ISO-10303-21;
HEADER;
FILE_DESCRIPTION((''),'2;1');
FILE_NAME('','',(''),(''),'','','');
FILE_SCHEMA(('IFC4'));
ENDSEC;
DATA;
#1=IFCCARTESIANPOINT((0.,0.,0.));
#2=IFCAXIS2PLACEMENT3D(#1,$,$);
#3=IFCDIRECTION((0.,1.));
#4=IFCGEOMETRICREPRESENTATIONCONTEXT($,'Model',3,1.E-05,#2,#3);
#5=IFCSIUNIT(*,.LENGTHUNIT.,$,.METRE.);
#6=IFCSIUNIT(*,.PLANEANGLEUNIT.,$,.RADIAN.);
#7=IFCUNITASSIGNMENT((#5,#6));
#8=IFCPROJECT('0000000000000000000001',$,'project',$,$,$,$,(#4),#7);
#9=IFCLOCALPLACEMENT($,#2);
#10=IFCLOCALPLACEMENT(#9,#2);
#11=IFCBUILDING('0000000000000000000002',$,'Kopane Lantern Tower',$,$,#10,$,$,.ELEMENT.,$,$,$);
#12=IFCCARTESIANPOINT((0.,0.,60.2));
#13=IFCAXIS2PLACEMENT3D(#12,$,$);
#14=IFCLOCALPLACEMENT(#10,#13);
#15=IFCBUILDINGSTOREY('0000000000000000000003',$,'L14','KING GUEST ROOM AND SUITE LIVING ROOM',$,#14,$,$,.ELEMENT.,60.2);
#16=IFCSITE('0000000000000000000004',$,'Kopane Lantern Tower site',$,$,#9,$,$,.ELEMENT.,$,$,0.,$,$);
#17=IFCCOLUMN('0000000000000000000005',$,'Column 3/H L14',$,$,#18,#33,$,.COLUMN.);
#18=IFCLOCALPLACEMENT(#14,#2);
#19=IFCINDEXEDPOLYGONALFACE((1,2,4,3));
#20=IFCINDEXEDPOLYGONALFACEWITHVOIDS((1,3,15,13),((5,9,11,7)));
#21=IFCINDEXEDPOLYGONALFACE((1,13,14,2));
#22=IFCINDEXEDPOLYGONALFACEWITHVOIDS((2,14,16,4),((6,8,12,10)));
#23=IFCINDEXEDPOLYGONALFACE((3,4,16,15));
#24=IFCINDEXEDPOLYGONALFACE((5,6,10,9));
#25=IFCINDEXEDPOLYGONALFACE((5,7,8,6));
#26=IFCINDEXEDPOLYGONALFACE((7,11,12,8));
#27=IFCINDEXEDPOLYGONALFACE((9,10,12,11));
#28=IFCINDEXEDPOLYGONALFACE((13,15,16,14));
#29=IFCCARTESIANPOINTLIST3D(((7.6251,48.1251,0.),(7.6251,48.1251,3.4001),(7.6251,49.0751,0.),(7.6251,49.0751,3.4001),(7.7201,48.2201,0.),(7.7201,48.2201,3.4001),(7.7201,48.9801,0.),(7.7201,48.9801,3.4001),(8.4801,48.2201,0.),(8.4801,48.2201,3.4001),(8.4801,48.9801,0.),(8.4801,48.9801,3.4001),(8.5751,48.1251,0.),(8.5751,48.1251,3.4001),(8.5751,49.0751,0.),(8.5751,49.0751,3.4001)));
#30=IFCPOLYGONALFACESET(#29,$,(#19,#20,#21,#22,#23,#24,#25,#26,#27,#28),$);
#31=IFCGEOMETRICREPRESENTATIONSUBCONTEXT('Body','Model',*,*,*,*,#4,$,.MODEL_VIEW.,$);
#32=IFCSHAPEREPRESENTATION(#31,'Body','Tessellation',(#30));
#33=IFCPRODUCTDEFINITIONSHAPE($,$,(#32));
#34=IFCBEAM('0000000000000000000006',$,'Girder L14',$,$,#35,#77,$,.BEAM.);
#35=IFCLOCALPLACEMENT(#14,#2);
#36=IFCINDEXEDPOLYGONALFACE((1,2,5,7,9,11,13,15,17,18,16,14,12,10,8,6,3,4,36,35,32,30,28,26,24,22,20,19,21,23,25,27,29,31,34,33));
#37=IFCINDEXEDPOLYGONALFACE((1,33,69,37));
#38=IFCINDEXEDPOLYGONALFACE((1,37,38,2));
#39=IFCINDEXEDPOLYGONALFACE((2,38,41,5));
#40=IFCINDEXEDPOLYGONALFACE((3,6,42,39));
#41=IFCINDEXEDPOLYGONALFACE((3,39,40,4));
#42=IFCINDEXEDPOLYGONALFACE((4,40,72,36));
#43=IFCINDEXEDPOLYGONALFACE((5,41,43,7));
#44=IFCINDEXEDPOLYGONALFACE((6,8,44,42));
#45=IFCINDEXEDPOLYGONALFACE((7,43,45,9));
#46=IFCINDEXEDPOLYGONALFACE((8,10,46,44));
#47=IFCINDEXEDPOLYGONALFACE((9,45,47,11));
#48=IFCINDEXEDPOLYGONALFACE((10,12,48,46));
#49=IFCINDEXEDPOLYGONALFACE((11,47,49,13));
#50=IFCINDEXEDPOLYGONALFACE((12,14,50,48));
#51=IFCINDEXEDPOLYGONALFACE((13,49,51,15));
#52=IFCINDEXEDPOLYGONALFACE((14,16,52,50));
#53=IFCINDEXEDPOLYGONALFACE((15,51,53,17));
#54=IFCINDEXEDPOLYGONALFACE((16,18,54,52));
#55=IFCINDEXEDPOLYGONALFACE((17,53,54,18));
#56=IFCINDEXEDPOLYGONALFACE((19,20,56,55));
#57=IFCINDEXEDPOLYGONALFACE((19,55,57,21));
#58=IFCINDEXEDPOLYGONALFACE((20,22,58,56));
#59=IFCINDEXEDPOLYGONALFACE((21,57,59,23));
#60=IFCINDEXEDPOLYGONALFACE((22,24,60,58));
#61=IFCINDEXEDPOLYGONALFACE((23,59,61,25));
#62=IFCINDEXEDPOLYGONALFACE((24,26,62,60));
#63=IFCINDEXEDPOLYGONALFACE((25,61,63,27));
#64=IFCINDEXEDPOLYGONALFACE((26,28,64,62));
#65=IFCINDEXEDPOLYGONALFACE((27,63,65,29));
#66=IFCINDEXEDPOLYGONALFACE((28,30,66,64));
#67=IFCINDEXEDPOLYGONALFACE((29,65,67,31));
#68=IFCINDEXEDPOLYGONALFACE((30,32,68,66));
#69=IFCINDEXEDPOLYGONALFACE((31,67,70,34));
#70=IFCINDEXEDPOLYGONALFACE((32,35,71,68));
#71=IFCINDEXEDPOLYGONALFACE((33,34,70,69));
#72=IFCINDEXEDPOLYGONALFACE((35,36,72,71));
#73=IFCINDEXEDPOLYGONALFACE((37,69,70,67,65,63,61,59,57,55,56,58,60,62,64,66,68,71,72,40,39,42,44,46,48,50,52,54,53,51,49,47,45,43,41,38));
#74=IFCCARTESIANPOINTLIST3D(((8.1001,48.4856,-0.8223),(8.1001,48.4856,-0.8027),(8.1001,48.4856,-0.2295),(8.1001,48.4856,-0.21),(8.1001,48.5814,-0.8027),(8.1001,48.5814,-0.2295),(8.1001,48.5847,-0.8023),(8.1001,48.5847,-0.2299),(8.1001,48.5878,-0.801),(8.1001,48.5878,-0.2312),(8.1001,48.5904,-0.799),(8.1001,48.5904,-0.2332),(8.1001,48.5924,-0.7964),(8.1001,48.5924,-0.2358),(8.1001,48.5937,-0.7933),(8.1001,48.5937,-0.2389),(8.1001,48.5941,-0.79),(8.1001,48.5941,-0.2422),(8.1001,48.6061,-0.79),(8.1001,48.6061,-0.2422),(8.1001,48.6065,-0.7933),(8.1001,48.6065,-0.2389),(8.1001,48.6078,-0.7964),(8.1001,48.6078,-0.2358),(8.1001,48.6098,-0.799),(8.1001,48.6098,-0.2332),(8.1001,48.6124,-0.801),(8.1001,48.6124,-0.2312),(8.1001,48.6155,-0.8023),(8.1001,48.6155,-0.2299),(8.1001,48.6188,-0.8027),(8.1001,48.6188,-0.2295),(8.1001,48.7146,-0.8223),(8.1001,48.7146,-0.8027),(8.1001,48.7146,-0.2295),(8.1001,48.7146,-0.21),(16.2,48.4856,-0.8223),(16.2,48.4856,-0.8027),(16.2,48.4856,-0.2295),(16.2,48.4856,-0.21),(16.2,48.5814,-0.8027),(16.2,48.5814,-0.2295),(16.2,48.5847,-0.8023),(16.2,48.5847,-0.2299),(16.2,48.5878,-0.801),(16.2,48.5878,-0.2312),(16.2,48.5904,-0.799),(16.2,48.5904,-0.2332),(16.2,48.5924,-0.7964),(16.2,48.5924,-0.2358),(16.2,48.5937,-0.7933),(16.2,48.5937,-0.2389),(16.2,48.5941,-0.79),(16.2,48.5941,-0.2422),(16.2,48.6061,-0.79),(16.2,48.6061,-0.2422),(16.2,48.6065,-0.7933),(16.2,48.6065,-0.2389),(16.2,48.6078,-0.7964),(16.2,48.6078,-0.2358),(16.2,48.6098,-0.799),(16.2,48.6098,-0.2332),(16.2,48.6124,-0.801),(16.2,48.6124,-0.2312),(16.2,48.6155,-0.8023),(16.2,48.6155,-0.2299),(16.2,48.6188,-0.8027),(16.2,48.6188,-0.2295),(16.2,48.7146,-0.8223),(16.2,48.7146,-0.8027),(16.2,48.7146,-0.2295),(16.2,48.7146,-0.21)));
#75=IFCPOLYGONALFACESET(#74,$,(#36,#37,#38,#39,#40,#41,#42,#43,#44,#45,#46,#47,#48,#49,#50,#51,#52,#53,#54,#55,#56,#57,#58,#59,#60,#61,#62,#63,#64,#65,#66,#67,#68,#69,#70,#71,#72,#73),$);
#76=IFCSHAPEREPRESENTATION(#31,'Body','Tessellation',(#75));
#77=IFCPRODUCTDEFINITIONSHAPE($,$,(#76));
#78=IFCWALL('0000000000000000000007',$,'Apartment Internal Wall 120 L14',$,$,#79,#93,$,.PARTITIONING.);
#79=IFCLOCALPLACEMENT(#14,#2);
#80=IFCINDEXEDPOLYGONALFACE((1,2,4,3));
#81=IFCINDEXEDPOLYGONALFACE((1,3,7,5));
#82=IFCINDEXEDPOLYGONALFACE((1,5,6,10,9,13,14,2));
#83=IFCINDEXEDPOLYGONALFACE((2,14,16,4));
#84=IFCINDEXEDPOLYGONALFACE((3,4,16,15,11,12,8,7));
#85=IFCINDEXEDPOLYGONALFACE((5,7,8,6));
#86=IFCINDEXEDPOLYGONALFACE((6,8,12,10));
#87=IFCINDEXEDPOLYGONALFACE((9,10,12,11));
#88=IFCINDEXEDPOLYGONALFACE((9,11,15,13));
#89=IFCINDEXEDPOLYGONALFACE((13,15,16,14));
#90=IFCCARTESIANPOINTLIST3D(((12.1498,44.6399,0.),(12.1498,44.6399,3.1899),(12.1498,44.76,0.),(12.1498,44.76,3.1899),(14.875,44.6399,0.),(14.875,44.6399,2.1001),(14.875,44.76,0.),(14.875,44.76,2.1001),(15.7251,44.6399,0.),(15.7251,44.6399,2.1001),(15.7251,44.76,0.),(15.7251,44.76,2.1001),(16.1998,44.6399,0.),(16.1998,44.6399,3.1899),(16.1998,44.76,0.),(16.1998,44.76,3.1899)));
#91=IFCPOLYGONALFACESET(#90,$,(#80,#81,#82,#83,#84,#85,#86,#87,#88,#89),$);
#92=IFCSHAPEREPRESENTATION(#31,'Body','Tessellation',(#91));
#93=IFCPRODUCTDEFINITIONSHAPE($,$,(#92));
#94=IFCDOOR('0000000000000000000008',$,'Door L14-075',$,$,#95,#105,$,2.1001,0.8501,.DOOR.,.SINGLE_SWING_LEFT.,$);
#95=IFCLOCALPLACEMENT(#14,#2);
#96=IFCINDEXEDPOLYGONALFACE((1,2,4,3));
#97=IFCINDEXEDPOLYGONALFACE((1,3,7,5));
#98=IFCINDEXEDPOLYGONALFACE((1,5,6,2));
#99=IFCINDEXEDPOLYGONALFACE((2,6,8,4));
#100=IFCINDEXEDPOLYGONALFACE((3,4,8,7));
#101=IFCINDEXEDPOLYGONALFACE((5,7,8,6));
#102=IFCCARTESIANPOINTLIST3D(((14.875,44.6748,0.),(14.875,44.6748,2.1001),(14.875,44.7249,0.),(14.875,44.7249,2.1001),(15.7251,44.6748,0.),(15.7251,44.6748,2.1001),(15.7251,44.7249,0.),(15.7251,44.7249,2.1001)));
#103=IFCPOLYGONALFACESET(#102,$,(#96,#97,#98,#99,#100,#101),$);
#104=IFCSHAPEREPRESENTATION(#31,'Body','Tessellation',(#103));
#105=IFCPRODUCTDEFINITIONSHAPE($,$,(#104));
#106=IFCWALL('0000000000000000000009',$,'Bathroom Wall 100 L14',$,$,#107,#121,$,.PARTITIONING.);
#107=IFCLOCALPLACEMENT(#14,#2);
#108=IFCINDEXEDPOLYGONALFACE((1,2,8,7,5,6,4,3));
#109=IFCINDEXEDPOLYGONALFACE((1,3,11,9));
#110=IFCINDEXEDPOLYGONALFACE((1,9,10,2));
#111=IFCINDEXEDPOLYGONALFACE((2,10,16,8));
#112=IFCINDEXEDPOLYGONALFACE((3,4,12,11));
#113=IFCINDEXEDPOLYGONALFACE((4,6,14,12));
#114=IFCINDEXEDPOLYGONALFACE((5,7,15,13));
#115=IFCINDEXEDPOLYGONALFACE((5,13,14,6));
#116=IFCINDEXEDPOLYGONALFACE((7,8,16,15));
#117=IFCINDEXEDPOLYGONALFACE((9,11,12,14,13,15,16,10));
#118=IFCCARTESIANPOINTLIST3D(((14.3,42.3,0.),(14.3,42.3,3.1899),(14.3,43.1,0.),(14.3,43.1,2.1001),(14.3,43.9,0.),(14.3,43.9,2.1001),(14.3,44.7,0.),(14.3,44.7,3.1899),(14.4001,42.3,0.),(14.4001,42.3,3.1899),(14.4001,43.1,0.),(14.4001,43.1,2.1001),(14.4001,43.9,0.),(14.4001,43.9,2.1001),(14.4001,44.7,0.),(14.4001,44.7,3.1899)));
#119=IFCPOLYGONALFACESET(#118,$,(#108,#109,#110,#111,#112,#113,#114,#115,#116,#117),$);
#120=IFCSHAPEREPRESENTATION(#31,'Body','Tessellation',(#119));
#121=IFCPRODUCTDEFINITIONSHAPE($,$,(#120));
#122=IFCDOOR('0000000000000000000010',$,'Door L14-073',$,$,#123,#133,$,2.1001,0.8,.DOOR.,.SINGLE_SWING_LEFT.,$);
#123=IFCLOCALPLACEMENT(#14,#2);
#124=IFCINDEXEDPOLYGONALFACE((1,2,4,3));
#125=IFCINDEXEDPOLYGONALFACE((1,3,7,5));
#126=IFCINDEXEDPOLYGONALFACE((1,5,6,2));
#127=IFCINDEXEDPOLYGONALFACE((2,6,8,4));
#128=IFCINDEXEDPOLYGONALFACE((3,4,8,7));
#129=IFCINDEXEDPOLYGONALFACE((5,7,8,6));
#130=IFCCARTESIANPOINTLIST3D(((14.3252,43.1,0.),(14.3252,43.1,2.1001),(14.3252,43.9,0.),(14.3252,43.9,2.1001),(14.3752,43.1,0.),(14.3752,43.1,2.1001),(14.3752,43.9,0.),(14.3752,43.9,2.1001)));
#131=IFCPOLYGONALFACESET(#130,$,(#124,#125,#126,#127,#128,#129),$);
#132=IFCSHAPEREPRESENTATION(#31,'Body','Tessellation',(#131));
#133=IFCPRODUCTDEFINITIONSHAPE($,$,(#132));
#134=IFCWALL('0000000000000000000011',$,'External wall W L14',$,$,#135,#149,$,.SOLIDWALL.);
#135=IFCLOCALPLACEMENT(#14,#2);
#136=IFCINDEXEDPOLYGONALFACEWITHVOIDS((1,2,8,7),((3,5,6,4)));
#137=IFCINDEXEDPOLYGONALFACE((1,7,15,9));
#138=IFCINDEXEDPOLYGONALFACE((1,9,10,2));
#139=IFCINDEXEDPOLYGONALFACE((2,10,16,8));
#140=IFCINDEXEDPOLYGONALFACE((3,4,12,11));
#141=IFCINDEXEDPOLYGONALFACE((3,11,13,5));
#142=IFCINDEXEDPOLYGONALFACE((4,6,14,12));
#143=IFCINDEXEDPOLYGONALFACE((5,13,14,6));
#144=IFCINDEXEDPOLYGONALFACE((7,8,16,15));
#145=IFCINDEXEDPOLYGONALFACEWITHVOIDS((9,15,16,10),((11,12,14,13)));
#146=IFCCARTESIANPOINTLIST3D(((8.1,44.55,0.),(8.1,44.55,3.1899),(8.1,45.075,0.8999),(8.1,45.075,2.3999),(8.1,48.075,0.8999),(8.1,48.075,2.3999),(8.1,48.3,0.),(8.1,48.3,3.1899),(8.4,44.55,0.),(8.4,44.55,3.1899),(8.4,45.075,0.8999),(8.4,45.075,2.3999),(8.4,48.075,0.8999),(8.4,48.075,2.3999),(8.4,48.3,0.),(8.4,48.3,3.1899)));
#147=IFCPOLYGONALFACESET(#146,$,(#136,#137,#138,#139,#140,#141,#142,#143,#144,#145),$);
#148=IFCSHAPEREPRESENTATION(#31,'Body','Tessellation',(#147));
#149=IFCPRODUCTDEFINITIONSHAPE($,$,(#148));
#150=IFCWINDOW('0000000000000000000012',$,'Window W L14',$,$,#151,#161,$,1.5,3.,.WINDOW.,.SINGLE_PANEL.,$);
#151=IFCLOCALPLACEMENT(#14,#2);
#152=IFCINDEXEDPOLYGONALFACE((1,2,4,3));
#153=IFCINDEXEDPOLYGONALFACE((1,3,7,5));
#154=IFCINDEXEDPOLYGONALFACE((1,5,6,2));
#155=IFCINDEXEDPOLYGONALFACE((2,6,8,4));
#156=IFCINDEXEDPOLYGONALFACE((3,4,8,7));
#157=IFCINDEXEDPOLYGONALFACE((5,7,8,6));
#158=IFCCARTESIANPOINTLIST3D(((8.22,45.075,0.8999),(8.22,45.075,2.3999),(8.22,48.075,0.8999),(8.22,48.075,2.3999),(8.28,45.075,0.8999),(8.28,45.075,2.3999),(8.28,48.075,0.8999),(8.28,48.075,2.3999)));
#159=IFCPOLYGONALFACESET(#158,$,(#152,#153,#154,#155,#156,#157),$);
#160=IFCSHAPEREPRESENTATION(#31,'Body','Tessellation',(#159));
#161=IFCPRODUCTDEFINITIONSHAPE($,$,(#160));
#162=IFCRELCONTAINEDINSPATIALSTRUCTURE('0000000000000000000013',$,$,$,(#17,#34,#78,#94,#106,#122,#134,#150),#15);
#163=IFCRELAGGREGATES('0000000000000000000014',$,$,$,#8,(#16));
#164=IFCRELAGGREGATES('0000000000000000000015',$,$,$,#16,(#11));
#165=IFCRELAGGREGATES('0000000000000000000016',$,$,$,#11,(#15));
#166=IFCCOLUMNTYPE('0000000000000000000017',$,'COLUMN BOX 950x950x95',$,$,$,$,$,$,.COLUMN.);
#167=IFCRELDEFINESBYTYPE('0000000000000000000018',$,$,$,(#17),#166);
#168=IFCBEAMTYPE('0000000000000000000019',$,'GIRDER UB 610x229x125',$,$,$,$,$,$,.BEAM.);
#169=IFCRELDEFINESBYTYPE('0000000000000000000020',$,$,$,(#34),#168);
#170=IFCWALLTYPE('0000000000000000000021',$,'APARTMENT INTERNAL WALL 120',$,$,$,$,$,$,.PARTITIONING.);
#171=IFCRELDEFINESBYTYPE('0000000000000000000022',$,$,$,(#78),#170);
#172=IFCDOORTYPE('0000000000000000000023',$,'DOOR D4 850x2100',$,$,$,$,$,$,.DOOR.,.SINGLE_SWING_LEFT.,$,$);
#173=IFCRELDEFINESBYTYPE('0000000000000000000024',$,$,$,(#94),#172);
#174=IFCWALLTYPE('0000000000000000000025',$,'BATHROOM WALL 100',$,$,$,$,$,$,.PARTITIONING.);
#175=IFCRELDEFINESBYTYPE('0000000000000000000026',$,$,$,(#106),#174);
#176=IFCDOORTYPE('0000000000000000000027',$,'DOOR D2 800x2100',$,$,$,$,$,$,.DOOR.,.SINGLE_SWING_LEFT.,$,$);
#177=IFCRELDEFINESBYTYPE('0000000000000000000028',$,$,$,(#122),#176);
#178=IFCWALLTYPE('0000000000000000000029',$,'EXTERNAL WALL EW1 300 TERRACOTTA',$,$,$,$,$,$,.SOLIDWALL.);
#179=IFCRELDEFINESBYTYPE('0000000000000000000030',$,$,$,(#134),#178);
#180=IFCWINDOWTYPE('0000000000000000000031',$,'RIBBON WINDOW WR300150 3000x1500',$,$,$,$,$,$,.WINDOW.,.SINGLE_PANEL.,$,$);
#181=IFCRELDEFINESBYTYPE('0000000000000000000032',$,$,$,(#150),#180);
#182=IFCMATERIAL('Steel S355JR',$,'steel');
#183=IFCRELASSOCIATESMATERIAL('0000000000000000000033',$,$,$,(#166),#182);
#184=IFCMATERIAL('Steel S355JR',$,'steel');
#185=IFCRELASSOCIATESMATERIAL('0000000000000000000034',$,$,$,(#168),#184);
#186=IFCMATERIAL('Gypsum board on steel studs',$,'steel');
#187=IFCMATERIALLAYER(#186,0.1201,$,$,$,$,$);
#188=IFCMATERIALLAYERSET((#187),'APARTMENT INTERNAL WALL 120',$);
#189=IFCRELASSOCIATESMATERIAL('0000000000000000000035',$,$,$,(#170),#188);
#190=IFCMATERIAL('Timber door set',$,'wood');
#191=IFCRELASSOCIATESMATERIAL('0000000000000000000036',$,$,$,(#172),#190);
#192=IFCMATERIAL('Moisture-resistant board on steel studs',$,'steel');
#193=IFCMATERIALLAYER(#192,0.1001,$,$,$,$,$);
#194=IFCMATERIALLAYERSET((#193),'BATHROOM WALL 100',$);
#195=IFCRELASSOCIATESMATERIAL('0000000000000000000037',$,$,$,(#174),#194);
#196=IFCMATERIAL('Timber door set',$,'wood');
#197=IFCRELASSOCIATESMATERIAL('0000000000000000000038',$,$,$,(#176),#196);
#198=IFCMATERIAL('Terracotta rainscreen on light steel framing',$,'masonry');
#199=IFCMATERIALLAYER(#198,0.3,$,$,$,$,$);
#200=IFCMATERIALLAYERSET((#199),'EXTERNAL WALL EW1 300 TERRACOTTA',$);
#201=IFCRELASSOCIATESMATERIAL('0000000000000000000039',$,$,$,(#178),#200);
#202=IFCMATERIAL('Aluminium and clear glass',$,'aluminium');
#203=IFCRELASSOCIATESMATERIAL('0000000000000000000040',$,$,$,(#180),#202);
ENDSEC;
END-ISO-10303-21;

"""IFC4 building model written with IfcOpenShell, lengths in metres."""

from ifc_helpers import new_model, si_unit, direction, frame, frame_2d, origin, origin_2d, place, context, subcontext, project, spatial, rectangle, hollow_rectangle, i_section, extrude, material, layer, layer_set, material_profile, profile_set, type_object, element, fill, save


model = new_model("IFC4")

# Units and contexts
model_context = context("Model", 3, precision=1e-05, world=origin(), true_north=direction((0.0, 1.0)))
body_context = subcontext(model_context, "Body", "Model", "MODEL_VIEW")
ifc_project = project(units=[si_unit("LENGTHUNIT", "METRE"), si_unit("PLANEANGLEUNIT", "RADIAN")], contexts=[model_context])

# Site, building, storey
site_placement = place(None, origin())
site = spatial("IfcSite", under=ifc_project, at=site_placement, Name="Kopane Lantern Tower site", CompositionType="ELEMENT", RefElevation=0.0)
building_placement = place(site_placement, origin())
building = spatial("IfcBuilding", under=site, at=building_placement, Name="Kopane Lantern Tower", CompositionType="ELEMENT")
storey_placement = place(building_placement, frame((0.0, 0.0, 60.2)))
storey = spatial("IfcBuildingStorey", under=building, at=storey_placement, Name="L14", Description="KING GUEST ROOM AND SUITE LIVING ROOM", CompositionType="ELEMENT", Elevation=60.2)

# Column
ifc_material_1 = material(Name="Steel S355JR", Category="steel")
ifc_material_profile_1 = material_profile(ifc_material_1, hollow_rectangle(XDim=0.95, YDim=0.95, WallThickness=0.095, at=origin_2d()), Name="BOX 950x950x95")
ifc_profile_set_1 = profile_set([ifc_material_profile_1], Name="Steel S355JR")
column_type = type_object("IfcColumnType", Name="COLUMN BOX 950x950x95", PredefinedType="COLUMN", material=ifc_profile_set_1)
column_placement = place(storey_placement, frame((8.1001, 48.6001, 0.0), z_axis=(0.0, 0.0, 1.0), x_axis=(1.0, 0.0, 0.0)))
element("IfcColumn", 1, at=column_placement, inside=storey, type_object=column_type, Name="Column 3/H L14", PredefinedType="COLUMN", context=body_context, shape_type="SweptSolid", body=[
    extrude(hollow_rectangle(XDim=0.95, YDim=0.95, WallThickness=0.095, at=origin_2d()), origin(), (0.0, 0.0, 1.0), 3.4001),
])

# Beam
ifc_material_2 = material(Name="Steel S355JR", Category="steel")
ifc_material_profile_2 = material_profile(ifc_material_2, i_section(OverallWidth=0.229, OverallDepth=0.6123, WebThickness=0.012, FlangeThickness=0.0195, FilletRadius=0.0127, at=origin_2d()), Name="UB 610x229x125")
ifc_profile_set_2 = profile_set([ifc_material_profile_2], Name="Steel S355JR")
beam_type = type_object("IfcBeamType", Name="GIRDER UB 610x229x125", PredefinedType="BEAM", material=ifc_profile_set_2)
beam_placement = place(storey_placement, frame((8.1001, 48.6001, -0.5161), z_axis=(1.0, 0.0, 0.0), x_axis=(0.0, 1.0, 0.0)))
element("IfcBeam", 2, at=beam_placement, inside=storey, type_object=beam_type, Name="Girder L14", PredefinedType="BEAM", context=body_context, shape_type="SweptSolid", body=[
    extrude(i_section(OverallWidth=0.229, OverallDepth=0.6123, WebThickness=0.012, FlangeThickness=0.0195, FilletRadius=0.0127, at=origin_2d()), origin(), (0.0, 0.0, 1.0), 8.0999),
])

# Walls, openings, doors
ifc_material_3 = material(Name="Gypsum board on steel studs", Category="steel")
ifc_layer_1 = layer(ifc_material_3, 0.1201)
ifc_layer_set_1 = layer_set([ifc_layer_1], Name="APARTMENT INTERNAL WALL 120")
wall_type_1 = type_object("IfcWallType", Name="APARTMENT INTERNAL WALL 120", PredefinedType="PARTITIONING", material=ifc_layer_set_1)
wall_1_placement = place(storey_placement, frame((12.1499, 44.7, 0.0), z_axis=(0.0, 0.0, 1.0), x_axis=(1.0, 0.0, 0.0)))
wall_1 = element("IfcWall", 3, at=wall_1_placement, inside=storey, type_object=wall_type_1, Name="Apartment Internal Wall 120 L14", PredefinedType="PARTITIONING", context=body_context, shape_type="SweptSolid", body=[
    extrude(rectangle(XDim=4.05, YDim=0.1201, at=frame_2d((2.0249, 0.0))), origin(), (0.0, 0.0, 1.0), 3.1899),
])
opening_1_placement = place(wall_1_placement, frame((2.7251, 0.0, 0.0)))
opening_1 = element("IfcOpeningElement", 4, at=opening_1_placement, cuts=wall_1, PredefinedType="OPENING", context=body_context, shape_type="SweptSolid", body=[
    extrude(rectangle(XDim=0.8501, YDim=2.1001, at=frame_2d((0.425, 1.05))), frame((0.0, 0.0701, 0.0), z_axis=(0.0, -1.0, 0.0), x_axis=(1.0, 0.0, 0.0)), (0.0, 0.0, 1.0), 0.1401),
])
ifc_material_4 = material(Name="Timber door set", Category="wood")
door_type_1 = type_object("IfcDoorType", Name="DOOR D4 850x2100", OperationType="SINGLE_SWING_LEFT", PredefinedType="DOOR", material=ifc_material_4)
door_1_placement = place(opening_1_placement, origin())
door_1 = element("IfcDoor", 5, at=door_1_placement, inside=storey, type_object=door_type_1, Name="Door L14-075", OperationType="SINGLE_SWING_LEFT", OverallHeight=2.1001, OverallWidth=0.8501, PredefinedType="DOOR", context=body_context, shape_type="SweptSolid", body=[
    extrude(rectangle(XDim=0.8501, YDim=2.1001, at=frame_2d((0.425, 1.05))), frame((0.0, 0.0249, 0.0), z_axis=(0.0, -1.0, 0.0), x_axis=(1.0, 0.0, 0.0)), (0.0, 0.0, 1.0), 0.05),
])
fill(opening_1, door_1)
ifc_material_5 = material(Name="Moisture-resistant board on steel studs", Category="steel")
ifc_layer_2 = layer(ifc_material_5, 0.1001)
ifc_layer_set_2 = layer_set([ifc_layer_2], Name="BATHROOM WALL 100")
wall_type_2 = type_object("IfcWallType", Name="BATHROOM WALL 100", PredefinedType="PARTITIONING", material=ifc_layer_set_2)
wall_2_placement = place(storey_placement, frame((14.3501, 42.3, 0.0), z_axis=(0.0, 0.0, 1.0), x_axis=(0.0, 1.0, 0.0)))
wall_2 = element("IfcWall", 6, at=wall_2_placement, inside=storey, type_object=wall_type_2, Name="Bathroom Wall 100 L14", PredefinedType="PARTITIONING", context=body_context, shape_type="SweptSolid", body=[
    extrude(rectangle(XDim=2.3999, YDim=0.1001, at=frame_2d((1.2, 0.0))), origin(), (0.0, 0.0, 1.0), 3.1899),
])
opening_2_placement = place(wall_2_placement, frame((0.8, 0.0, 0.0)))
opening_2 = element("IfcOpeningElement", 7, at=opening_2_placement, cuts=wall_2, PredefinedType="OPENING", context=body_context, shape_type="SweptSolid", body=[
    extrude(rectangle(XDim=0.8, YDim=2.1001, at=frame_2d((0.3999, 1.05))), frame((0.0, 0.0601, 0.0), z_axis=(0.0, -1.0, 0.0), x_axis=(1.0, 0.0, 0.0)), (0.0, 0.0, 1.0), 0.1201),
])
ifc_material_6 = material(Name="Timber door set", Category="wood")
door_type_2 = type_object("IfcDoorType", Name="DOOR D2 800x2100", OperationType="SINGLE_SWING_LEFT", PredefinedType="DOOR", material=ifc_material_6)
door_2_placement = place(opening_2_placement, origin())
door_2 = element("IfcDoor", 8, at=door_2_placement, inside=storey, type_object=door_type_2, Name="Door L14-073", OperationType="SINGLE_SWING_LEFT", OverallHeight=2.1001, OverallWidth=0.8, PredefinedType="DOOR", context=body_context, shape_type="SweptSolid", body=[
    extrude(rectangle(XDim=0.8, YDim=2.1001, at=frame_2d((0.3999, 1.05))), frame((0.0, 0.0249, 0.0), z_axis=(0.0, -1.0, 0.0), x_axis=(1.0, 0.0, 0.0)), (0.0, 0.0, 1.0), 0.05),
])
fill(opening_2, door_2)

# Wall, opening, window
ifc_material_7 = material(Name="Terracotta rainscreen on light steel framing", Category="masonry")
ifc_layer_3 = layer(ifc_material_7, 0.3)
ifc_layer_set_3 = layer_set([ifc_layer_3], Name="EXTERNAL WALL EW1 300 TERRACOTTA")
wall_type_3 = type_object("IfcWallType", Name="EXTERNAL WALL EW1 300 TERRACOTTA", PredefinedType="SOLIDWALL", material=ifc_layer_set_3)
wall_3_placement = place(storey_placement, frame((8.25, 48.3, 0.0), z_axis=(0.0, 0.0, 1.0), x_axis=(0.0, -1.0, 0.0)))
wall_3 = element("IfcWall", 9, at=wall_3_placement, inside=storey, type_object=wall_type_3, Name="External wall W L14", PredefinedType="SOLIDWALL", context=body_context, shape_type="SweptSolid", body=[
    extrude(rectangle(XDim=3.75, YDim=0.3, at=frame_2d((1.875, 0.0))), origin(), (0.0, 0.0, 1.0), 3.1899),
])
opening_3_placement = place(wall_3_placement, frame((0.2251, 0.0, 0.8999)))
opening_3 = element("IfcOpeningElement", 10, at=opening_3_placement, cuts=wall_3, PredefinedType="OPENING", context=body_context, shape_type="SweptSolid", body=[
    extrude(rectangle(XDim=3.0, YDim=1.5, at=frame_2d((1.5, 0.75))), frame((0.0, 0.1599, 0.0), z_axis=(0.0, -1.0, 0.0), x_axis=(1.0, 0.0, 0.0)), (0.0, 0.0, 1.0), 0.3201),
])
ifc_material_8 = material(Name="Aluminium and clear glass", Category="aluminium")
window_type = type_object("IfcWindowType", Name="RIBBON WINDOW WR300150 3000x1500", PartitioningType="SINGLE_PANEL", PredefinedType="WINDOW", material=ifc_material_8)
window_1_placement = place(opening_3_placement, origin())
window_1 = element("IfcWindow", 11, at=window_1_placement, inside=storey, type_object=window_type, Name="Window W L14", OverallHeight=1.5, OverallWidth=3.0, PartitioningType="SINGLE_PANEL", PredefinedType="WINDOW", context=body_context, shape_type="SweptSolid", body=[
    extrude(rectangle(XDim=3.0, YDim=1.5, at=frame_2d((1.5, 0.75))), frame((0.0, 0.03, 0.0), z_axis=(0.0, -1.0, 0.0), x_axis=(1.0, 0.0, 0.0)), (0.0, 0.0, 1.0), 0.0601),
])
fill(opening_3, window_1)

save(model, "model.ifc")
